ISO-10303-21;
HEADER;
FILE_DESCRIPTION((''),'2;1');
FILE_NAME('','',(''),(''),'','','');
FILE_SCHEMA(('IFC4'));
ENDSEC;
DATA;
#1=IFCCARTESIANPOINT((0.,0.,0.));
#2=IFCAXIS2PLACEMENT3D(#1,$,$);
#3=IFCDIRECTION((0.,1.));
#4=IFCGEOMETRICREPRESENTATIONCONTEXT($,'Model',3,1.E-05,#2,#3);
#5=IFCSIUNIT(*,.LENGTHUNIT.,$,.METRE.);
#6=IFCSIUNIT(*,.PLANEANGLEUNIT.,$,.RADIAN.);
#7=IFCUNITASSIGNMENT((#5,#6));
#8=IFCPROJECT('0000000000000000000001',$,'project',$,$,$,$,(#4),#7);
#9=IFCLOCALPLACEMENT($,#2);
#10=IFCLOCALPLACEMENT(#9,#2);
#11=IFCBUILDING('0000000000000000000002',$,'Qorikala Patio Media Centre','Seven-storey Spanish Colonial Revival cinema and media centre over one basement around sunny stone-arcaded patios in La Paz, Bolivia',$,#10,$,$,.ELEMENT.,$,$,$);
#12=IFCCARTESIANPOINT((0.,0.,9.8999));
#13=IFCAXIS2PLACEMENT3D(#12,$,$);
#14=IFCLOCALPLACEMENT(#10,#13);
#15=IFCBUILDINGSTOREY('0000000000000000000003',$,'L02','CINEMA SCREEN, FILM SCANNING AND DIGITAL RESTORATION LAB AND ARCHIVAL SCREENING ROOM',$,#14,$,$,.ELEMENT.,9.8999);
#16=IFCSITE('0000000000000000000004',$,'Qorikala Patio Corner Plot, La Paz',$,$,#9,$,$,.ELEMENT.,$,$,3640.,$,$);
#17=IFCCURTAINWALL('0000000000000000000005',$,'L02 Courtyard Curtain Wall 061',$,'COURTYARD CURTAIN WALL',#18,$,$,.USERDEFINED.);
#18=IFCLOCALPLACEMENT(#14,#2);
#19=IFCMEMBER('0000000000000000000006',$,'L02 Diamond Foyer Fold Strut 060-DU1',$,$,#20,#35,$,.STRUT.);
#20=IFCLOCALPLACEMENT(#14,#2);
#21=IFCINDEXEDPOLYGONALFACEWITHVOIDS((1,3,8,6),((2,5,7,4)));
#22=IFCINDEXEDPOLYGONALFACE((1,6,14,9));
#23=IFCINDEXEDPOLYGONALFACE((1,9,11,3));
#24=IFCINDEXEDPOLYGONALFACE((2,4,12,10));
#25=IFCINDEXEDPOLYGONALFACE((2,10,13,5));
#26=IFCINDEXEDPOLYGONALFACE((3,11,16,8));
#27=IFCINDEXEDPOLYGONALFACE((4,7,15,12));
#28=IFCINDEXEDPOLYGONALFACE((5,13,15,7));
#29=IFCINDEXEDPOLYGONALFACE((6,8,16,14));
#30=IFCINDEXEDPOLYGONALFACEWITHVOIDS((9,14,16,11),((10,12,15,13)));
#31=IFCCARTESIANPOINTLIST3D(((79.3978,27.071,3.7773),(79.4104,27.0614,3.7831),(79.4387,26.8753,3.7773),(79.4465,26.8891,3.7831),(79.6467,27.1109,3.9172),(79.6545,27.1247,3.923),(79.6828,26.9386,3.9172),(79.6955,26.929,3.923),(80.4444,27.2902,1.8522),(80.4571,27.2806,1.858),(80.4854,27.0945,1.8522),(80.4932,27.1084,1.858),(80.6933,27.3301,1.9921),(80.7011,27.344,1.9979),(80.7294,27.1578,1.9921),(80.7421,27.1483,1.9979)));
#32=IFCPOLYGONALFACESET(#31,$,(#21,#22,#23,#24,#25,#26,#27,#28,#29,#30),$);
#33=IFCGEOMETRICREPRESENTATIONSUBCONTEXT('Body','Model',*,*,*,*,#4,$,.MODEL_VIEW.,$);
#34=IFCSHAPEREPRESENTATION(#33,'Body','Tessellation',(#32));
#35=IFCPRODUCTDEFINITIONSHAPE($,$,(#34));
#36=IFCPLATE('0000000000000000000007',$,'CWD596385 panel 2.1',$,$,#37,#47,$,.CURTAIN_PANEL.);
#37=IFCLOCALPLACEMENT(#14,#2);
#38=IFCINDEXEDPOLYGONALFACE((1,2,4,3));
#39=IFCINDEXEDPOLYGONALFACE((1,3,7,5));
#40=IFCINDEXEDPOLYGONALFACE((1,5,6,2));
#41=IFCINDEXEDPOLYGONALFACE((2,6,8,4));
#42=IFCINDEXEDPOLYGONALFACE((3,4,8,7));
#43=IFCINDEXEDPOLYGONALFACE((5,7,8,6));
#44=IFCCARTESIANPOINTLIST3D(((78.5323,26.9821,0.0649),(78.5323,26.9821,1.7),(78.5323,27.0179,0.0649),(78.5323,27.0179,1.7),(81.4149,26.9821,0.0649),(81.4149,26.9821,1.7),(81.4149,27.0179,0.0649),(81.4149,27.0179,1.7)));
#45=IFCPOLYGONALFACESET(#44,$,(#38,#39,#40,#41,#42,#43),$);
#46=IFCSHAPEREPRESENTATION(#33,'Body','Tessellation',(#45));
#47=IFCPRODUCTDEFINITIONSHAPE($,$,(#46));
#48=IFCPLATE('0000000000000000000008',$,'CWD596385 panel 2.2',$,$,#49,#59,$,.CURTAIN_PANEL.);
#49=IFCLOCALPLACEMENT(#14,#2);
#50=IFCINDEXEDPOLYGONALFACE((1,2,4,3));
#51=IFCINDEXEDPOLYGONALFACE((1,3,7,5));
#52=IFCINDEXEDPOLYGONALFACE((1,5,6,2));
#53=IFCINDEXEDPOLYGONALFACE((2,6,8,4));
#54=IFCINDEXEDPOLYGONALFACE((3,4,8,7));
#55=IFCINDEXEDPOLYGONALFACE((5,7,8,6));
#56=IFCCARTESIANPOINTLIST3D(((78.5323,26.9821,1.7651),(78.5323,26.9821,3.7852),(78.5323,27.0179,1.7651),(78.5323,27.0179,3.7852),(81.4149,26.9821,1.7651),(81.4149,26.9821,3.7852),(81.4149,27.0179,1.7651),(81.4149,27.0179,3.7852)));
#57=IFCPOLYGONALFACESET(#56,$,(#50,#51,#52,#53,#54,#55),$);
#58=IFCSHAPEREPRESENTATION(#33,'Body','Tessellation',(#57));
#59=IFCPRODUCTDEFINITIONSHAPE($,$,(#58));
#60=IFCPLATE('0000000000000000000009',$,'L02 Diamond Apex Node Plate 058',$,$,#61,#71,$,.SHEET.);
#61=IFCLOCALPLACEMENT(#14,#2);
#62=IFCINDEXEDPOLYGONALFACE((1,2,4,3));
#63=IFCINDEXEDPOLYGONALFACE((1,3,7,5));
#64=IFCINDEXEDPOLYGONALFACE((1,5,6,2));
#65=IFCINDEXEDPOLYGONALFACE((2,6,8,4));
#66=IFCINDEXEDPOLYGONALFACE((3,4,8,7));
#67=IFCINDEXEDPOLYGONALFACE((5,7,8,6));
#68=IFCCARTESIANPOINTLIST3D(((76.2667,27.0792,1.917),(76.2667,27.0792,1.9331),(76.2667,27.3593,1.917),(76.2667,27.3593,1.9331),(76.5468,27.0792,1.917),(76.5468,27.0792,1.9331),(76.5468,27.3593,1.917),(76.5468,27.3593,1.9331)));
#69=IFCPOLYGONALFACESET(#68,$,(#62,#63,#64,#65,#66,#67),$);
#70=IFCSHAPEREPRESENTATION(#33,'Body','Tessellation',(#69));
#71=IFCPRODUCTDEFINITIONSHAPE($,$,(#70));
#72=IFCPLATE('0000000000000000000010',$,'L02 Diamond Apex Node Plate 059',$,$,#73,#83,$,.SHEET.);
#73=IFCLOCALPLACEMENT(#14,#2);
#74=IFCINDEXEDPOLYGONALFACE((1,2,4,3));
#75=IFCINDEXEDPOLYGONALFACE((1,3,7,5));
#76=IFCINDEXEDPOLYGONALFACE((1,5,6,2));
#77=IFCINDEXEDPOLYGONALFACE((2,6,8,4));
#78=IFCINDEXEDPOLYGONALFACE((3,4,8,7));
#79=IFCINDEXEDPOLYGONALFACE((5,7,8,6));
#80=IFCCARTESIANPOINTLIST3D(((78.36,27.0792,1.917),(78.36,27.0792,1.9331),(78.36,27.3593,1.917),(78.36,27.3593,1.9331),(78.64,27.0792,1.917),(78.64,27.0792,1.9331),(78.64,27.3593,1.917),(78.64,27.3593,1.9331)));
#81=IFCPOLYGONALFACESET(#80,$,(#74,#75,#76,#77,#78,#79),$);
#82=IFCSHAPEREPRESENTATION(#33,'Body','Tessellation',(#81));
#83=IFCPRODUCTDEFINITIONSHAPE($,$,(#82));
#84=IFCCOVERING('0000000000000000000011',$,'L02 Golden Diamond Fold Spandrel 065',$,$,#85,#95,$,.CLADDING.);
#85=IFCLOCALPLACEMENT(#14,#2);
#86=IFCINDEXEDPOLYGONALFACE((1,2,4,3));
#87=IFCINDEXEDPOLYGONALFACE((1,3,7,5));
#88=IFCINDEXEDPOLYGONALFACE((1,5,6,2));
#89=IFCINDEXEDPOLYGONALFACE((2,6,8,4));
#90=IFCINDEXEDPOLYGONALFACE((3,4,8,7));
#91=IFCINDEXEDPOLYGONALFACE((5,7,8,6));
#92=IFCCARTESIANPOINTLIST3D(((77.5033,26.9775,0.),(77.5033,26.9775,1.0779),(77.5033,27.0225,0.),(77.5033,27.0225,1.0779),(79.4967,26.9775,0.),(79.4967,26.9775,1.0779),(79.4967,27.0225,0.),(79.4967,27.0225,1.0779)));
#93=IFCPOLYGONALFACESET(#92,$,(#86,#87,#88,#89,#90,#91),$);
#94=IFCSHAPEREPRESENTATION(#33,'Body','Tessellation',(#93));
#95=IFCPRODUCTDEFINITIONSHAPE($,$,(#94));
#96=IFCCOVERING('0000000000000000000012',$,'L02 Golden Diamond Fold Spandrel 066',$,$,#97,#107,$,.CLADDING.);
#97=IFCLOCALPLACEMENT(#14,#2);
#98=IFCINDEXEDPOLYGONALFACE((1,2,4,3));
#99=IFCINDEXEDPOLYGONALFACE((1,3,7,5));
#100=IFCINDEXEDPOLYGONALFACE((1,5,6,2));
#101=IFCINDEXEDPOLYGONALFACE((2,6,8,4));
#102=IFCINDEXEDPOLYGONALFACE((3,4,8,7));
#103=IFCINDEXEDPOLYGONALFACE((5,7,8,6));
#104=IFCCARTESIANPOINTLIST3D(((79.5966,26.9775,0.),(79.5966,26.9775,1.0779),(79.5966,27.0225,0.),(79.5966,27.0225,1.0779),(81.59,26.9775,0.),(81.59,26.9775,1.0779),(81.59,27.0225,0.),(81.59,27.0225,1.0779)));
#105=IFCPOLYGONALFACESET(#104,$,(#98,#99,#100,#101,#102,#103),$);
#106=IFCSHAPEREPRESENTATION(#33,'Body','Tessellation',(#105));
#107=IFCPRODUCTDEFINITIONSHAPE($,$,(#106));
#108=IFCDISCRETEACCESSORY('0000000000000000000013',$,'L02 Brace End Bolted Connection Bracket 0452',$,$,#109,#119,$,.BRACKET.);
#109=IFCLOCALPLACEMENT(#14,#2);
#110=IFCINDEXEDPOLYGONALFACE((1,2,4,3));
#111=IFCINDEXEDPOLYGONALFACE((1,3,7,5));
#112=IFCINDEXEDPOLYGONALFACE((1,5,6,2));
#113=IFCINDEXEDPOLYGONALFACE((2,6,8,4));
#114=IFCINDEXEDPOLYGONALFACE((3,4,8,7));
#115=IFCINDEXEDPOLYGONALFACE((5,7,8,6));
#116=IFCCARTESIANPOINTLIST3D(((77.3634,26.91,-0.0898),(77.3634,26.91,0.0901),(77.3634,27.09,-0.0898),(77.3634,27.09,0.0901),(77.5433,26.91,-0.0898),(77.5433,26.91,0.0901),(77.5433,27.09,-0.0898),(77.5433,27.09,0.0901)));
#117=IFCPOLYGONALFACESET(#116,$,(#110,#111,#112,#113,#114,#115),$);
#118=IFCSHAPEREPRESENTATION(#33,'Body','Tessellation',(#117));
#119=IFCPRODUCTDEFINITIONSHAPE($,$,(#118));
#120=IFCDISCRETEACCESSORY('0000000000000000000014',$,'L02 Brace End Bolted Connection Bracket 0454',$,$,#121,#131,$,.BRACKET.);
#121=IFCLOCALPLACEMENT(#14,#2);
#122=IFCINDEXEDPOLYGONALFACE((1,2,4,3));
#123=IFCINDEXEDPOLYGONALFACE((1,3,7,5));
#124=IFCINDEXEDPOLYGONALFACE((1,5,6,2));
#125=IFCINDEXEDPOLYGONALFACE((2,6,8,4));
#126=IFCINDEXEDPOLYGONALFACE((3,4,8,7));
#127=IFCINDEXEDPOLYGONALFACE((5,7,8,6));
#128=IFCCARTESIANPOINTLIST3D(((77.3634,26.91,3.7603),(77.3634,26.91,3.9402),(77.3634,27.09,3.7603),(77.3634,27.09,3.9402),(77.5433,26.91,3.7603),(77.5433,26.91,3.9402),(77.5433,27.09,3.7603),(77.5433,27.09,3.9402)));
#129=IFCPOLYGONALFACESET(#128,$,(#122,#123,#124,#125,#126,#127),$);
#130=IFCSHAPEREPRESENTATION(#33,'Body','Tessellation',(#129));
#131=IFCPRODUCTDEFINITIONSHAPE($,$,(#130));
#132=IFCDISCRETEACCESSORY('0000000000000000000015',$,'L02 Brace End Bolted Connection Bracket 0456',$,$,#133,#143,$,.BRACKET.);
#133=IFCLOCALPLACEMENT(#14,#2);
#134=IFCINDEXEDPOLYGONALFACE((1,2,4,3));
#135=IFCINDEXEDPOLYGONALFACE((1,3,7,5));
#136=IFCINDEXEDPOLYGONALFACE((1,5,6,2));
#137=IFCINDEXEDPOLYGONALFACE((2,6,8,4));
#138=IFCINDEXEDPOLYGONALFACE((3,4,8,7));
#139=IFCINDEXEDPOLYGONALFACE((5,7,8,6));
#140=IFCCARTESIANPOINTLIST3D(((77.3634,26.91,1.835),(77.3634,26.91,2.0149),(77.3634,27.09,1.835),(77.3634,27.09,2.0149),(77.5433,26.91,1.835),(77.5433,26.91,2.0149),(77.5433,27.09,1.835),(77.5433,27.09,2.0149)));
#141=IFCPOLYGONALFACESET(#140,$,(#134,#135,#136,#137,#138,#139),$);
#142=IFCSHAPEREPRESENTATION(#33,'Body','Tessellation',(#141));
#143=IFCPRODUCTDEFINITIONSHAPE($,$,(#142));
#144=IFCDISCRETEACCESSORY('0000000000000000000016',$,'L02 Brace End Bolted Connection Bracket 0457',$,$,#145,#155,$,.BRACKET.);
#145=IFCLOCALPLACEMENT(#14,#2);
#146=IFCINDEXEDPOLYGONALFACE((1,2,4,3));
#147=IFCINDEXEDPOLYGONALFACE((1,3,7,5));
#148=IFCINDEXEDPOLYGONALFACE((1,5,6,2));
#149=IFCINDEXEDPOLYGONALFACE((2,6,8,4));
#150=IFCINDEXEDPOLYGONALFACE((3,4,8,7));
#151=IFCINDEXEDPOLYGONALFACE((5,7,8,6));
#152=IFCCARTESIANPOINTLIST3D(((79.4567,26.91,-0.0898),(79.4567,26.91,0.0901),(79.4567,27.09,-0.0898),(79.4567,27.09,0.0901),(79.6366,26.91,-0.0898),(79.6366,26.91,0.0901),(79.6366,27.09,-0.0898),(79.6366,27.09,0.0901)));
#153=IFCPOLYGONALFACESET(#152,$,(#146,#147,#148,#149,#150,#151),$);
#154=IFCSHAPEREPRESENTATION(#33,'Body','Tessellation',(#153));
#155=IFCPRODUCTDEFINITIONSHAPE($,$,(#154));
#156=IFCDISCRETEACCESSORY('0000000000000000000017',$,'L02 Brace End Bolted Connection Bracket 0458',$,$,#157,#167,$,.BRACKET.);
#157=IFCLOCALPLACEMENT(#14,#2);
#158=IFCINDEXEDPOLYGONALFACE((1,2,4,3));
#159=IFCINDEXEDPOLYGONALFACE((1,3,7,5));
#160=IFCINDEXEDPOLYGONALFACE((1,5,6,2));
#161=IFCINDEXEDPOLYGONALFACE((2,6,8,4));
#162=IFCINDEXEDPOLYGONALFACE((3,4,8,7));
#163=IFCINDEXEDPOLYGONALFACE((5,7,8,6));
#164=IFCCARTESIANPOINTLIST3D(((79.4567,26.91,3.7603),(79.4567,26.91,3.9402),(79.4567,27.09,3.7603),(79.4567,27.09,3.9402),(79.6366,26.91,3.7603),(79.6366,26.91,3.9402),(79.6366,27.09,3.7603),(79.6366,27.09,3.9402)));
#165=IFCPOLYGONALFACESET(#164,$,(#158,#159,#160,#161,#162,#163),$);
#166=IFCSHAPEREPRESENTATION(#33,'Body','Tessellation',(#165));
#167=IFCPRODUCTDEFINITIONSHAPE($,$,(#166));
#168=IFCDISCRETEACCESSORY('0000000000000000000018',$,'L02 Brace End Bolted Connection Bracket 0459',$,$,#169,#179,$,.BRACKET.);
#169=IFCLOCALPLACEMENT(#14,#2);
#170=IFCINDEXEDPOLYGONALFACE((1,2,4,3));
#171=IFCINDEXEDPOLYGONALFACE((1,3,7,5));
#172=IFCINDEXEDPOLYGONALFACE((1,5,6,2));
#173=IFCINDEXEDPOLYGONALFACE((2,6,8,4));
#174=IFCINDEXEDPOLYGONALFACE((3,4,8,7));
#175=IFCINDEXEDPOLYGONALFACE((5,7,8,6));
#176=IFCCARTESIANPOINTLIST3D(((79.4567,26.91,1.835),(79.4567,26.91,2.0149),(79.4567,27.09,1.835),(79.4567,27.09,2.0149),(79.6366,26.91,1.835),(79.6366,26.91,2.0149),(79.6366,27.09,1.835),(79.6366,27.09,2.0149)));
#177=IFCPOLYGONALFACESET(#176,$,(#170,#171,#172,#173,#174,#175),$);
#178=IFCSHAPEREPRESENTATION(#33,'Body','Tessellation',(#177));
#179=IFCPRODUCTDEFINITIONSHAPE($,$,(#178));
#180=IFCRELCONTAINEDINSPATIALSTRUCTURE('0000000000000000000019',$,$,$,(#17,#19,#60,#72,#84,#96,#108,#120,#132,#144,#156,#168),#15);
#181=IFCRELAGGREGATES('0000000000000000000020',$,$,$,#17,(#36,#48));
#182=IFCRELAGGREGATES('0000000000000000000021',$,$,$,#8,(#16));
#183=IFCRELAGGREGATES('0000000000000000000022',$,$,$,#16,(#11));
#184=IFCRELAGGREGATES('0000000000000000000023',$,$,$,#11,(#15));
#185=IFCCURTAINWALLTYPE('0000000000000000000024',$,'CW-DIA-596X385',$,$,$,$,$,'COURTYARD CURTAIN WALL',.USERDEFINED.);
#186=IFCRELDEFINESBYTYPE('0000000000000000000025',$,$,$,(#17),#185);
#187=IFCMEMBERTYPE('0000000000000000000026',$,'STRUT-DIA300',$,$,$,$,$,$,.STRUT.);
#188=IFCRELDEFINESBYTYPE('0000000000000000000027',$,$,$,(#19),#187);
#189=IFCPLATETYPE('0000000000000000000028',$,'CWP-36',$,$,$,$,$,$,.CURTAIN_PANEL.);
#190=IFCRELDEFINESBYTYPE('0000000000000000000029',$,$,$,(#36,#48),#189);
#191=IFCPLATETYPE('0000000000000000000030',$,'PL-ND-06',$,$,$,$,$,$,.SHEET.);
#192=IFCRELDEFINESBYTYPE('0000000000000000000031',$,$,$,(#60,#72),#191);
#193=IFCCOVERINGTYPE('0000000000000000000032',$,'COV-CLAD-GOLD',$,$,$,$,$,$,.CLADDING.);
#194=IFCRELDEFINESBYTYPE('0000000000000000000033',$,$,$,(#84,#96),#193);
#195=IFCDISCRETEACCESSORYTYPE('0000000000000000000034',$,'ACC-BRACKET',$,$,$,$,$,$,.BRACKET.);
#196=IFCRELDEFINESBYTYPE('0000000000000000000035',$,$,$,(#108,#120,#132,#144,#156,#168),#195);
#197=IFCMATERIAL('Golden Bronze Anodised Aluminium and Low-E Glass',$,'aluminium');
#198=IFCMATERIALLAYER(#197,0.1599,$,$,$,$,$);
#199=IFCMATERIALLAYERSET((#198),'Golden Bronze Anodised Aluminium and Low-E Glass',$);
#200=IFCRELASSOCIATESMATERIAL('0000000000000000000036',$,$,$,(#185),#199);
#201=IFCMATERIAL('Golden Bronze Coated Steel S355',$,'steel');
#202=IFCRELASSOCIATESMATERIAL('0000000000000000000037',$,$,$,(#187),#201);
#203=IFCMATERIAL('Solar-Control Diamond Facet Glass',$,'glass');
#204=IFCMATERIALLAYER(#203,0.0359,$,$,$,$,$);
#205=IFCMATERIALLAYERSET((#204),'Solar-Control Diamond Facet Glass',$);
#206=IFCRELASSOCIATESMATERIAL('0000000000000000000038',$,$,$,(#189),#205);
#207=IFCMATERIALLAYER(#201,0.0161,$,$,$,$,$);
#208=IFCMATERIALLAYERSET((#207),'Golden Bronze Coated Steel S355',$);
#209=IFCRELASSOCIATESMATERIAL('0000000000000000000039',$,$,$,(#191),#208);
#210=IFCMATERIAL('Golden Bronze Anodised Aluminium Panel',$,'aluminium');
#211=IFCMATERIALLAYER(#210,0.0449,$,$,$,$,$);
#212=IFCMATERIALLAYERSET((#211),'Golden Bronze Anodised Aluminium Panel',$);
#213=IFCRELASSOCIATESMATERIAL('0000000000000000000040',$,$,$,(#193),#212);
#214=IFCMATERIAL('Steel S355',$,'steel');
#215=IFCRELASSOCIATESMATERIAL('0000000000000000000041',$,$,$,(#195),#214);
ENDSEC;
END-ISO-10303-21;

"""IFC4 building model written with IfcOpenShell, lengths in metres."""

from ifc_helpers import new_model, si_unit, direction, frame, origin, origin_2d, place, context, subcontext, project, spatial, rectangle, hollow_rectangle, extrude, material, layer, layer_set, material_profile, profile_set, type_object, element, aggregate, save


model = new_model("IFC4")

# Units and contexts
model_context = context("Model", 3, precision=1e-05, world=origin(), true_north=direction((0.0, 1.0)))
body_context = subcontext(model_context, "Body", "Model", "MODEL_VIEW")
ifc_project = project(units=[si_unit("LENGTHUNIT", "METRE"), si_unit("PLANEANGLEUNIT", "RADIAN")], contexts=[model_context])

# Site, building, storey
site_placement = place(None, origin())
site = spatial("IfcSite", under=ifc_project, at=site_placement, Name="Qorikala Patio Corner Plot, La Paz", CompositionType="ELEMENT", RefElevation=3640.0)
building_placement = place(site_placement, origin())
building = spatial("IfcBuilding", under=site, at=building_placement, Name="Qorikala Patio Media Centre", Description="Seven-storey Spanish Colonial Revival cinema and media centre over one basement around sunny stone-arcaded patios in La Paz, Bolivia", CompositionType="ELEMENT")
storey_placement = place(building_placement, frame((0.0, 0.0, 9.8999)))
storey = spatial("IfcBuildingStorey", under=building, at=storey_placement, Name="L02", Description="CINEMA SCREEN, FILM SCANNING AND DIGITAL RESTORATION LAB AND ARCHIVAL SCREENING ROOM", CompositionType="ELEMENT", Elevation=9.8999)

# Shared definitions
ifc_material_1 = material(Name="Golden Bronze Coated Steel S355", Category="steel")

# Curtain wall
ifc_material_2 = material(Name="Golden Bronze Anodised Aluminium and Low-E Glass", Category="aluminium")
ifc_layer_1 = layer(ifc_material_2, 0.1599)
ifc_layer_set_1 = layer_set([ifc_layer_1], Name="Golden Bronze Anodised Aluminium and Low-E Glass")
curtain_wall_type = type_object("IfcCurtainWallType", Name="CW-DIA-596X385", ElementType="COURTYARD CURTAIN WALL", PredefinedType="USERDEFINED", material=ifc_layer_set_1)
curtain_wall_placement = place(storey_placement, origin())
curtain_wall = element("IfcCurtainWall", 1, at=curtain_wall_placement, inside=storey, type_object=curtain_wall_type, Name="L02 Courtyard Curtain Wall 061", ObjectType="COURTYARD CURTAIN WALL", PredefinedType="USERDEFINED")

# Member
ifc_material_profile_1 = material_profile(ifc_material_1, hollow_rectangle(XDim=0.2, YDim=0.3, WallThickness=0.012, at=origin_2d()), Name="HSS300X200X12")
ifc_profile_set_1 = profile_set([ifc_material_profile_1], Name="Golden Bronze Coated Steel S355")
member_type_1 = type_object("IfcMemberType", Name="STRUT-DIA300", PredefinedType="STRUT", material=ifc_profile_set_1)
for number, where, z_axis, x_axis, name in (
    (2, (80.5933, 27.2192, 1.925), (-0.475284, -0.099558, 0.874181), (0.205021, -0.978758, 0.0), "L02 Diamond Foyer Fold Strut 060-DU1"),
):
    element("IfcMember", number, at=place(storey_placement, frame(where, z_axis=z_axis, x_axis=x_axis)), inside=storey, type_object=member_type_1, Name=name, PredefinedType="STRUT", context=body_context, shape_type="SweptSolid", body=[
        extrude(hollow_rectangle(XDim=0.2, YDim=0.3, WallThickness=0.012, at=origin_2d()), origin(), (0.0, 0.0, 1.0), 2.2021),
    ])

# Plates
ifc_material_3 = material(Name="Solar-Control Diamond Facet Glass", Category="glass")
ifc_layer_2 = layer(ifc_material_3, 0.0359)
ifc_layer_set_2 = layer_set([ifc_layer_2], Name="Solar-Control Diamond Facet Glass")
plate_type_1 = type_object("IfcPlateType", Name="CWP-36", PredefinedType="CURTAIN_PANEL", material=ifc_layer_set_2)
plate_1_placement = place(storey_placement, frame((79.9736, 27.0, 0.0649), z_axis=(0.0, 0.0, 1.0), x_axis=(1.0, 0.0, 0.0)))
plate_1 = element("IfcPlate", 3, at=plate_1_placement, type_object=plate_type_1, Name="CWD596385 panel 2.1", PredefinedType="CURTAIN_PANEL", context=body_context, shape_type="SweptSolid", body=[
    extrude(rectangle(XDim=2.8826, YDim=0.0359, at=origin_2d()), origin(), (0.0, 0.0, 1.0), 1.635),
])
plate_2_placement = place(storey_placement, frame((79.9736, 27.0, 1.7651), z_axis=(0.0, 0.0, 1.0), x_axis=(1.0, 0.0, 0.0)))
plate_2 = element("IfcPlate", 4, at=plate_2_placement, type_object=plate_type_1, Name="CWD596385 panel 2.2", PredefinedType="CURTAIN_PANEL", context=body_context, shape_type="SweptSolid", body=[
    extrude(rectangle(XDim=2.8826, YDim=0.0359, at=origin_2d()), origin(), (0.0, 0.0, 1.0), 2.02),
])
aggregate(curtain_wall, [plate_1, plate_2])

# Plates
ifc_layer_3 = layer(ifc_material_1, 0.0161)
ifc_layer_set_3 = layer_set([ifc_layer_3], Name="Golden Bronze Coated Steel S355")
plate_type_2 = type_object("IfcPlateType", Name="PL-ND-06", PredefinedType="SHEET", material=ifc_layer_set_3)
for number, where, z_axis, x_axis, name in (
    (5, (76.4067, 27.2192, 1.917), (0.0, 0.0, 1.0), (1.0, 0.0, 0.0), "L02 Diamond Apex Node Plate 058"),
    (6, (78.5, 27.2192, 1.917), (0.0, 0.0, 1.0), (1.0, 0.0, 0.0), "L02 Diamond Apex Node Plate 059"),
):
    element("IfcPlate", number, at=place(storey_placement, frame(where, z_axis=z_axis, x_axis=x_axis)), inside=storey, type_object=plate_type_2, Name=name, PredefinedType="SHEET", context=body_context, shape_type="SweptSolid", body=[
        extrude(rectangle(XDim=0.28, YDim=0.28, at=origin_2d()), origin(), (0.0, 0.0, 1.0), 0.0161),
    ])

# Coverings
ifc_material_4 = material(Name="Golden Bronze Anodised Aluminium Panel", Category="aluminium")
ifc_layer_4 = layer(ifc_material_4, 0.0449)
ifc_layer_set_4 = layer_set([ifc_layer_4], Name="Golden Bronze Anodised Aluminium Panel")
covering_type = type_object("IfcCoveringType", Name="COV-CLAD-GOLD", PredefinedType="CLADDING", material=ifc_layer_set_4)
for number, where, z_axis, x_axis, name in (
    (7, (78.5, 27.0, 0.0), (0.0, 0.0, 1.0), (1.0, 0.0, 0.0), "L02 Golden Diamond Fold Spandrel 065"),
    (8, (80.5933, 27.0, 0.0), (0.0, 0.0, 1.0), (1.0, 0.0, 0.0), "L02 Golden Diamond Fold Spandrel 066"),
):
    element("IfcCovering", number, at=place(storey_placement, frame(where, z_axis=z_axis, x_axis=x_axis)), inside=storey, type_object=covering_type, Name=name, PredefinedType="CLADDING", context=body_context, shape_type="SweptSolid", body=[
        extrude(rectangle(XDim=1.9934, YDim=0.0449, at=origin_2d()), origin(), (0.0, 0.0, 1.0), 1.0779),
    ])

# Discrete accessories
ifc_material_5 = material(Name="Steel S355", Category="steel")
discrete_accessory_type = type_object("IfcDiscreteAccessoryType", Name="ACC-BRACKET", PredefinedType="BRACKET", material=ifc_material_5)
for number, where, z_axis, x_axis, name in (
    (9, (77.4534, 27.0, -0.0898), (0.0, 0.0, 1.0), (1.0, 0.0, 0.0), "L02 Brace End Bolted Connection Bracket 0452"),
    (10, (77.4534, 27.0, 3.7603), (0.0, 0.0, 1.0), (1.0, 0.0, 0.0), "L02 Brace End Bolted Connection Bracket 0454"),
    (11, (77.4534, 27.0, 1.835), (0.0, 0.0, 1.0), (1.0, 0.0, 0.0), "L02 Brace End Bolted Connection Bracket 0456"),
    (12, (79.5466, 27.0, -0.0898), (0.0, 0.0, 1.0), (1.0, 0.0, 0.0), "L02 Brace End Bolted Connection Bracket 0457"),
    (13, (79.5466, 27.0, 3.7603), (0.0, 0.0, 1.0), (1.0, 0.0, 0.0), "L02 Brace End Bolted Connection Bracket 0458"),
    (14, (79.5466, 27.0, 1.835), (0.0, 0.0, 1.0), (1.0, 0.0, 0.0), "L02 Brace End Bolted Connection Bracket 0459"),
):
    element("IfcDiscreteAccessory", number, at=place(storey_placement, frame(where, z_axis=z_axis, x_axis=x_axis)), inside=storey, type_object=discrete_accessory_type, Name=name, PredefinedType="BRACKET", context=body_context, shape_type="SweptSolid", body=[
        extrude(rectangle(XDim=0.1799, YDim=0.1799, at=origin_2d()), origin(), (0.0, 0.0, 1.0), 0.1799),
    ])

save(model, "model.ifc")
